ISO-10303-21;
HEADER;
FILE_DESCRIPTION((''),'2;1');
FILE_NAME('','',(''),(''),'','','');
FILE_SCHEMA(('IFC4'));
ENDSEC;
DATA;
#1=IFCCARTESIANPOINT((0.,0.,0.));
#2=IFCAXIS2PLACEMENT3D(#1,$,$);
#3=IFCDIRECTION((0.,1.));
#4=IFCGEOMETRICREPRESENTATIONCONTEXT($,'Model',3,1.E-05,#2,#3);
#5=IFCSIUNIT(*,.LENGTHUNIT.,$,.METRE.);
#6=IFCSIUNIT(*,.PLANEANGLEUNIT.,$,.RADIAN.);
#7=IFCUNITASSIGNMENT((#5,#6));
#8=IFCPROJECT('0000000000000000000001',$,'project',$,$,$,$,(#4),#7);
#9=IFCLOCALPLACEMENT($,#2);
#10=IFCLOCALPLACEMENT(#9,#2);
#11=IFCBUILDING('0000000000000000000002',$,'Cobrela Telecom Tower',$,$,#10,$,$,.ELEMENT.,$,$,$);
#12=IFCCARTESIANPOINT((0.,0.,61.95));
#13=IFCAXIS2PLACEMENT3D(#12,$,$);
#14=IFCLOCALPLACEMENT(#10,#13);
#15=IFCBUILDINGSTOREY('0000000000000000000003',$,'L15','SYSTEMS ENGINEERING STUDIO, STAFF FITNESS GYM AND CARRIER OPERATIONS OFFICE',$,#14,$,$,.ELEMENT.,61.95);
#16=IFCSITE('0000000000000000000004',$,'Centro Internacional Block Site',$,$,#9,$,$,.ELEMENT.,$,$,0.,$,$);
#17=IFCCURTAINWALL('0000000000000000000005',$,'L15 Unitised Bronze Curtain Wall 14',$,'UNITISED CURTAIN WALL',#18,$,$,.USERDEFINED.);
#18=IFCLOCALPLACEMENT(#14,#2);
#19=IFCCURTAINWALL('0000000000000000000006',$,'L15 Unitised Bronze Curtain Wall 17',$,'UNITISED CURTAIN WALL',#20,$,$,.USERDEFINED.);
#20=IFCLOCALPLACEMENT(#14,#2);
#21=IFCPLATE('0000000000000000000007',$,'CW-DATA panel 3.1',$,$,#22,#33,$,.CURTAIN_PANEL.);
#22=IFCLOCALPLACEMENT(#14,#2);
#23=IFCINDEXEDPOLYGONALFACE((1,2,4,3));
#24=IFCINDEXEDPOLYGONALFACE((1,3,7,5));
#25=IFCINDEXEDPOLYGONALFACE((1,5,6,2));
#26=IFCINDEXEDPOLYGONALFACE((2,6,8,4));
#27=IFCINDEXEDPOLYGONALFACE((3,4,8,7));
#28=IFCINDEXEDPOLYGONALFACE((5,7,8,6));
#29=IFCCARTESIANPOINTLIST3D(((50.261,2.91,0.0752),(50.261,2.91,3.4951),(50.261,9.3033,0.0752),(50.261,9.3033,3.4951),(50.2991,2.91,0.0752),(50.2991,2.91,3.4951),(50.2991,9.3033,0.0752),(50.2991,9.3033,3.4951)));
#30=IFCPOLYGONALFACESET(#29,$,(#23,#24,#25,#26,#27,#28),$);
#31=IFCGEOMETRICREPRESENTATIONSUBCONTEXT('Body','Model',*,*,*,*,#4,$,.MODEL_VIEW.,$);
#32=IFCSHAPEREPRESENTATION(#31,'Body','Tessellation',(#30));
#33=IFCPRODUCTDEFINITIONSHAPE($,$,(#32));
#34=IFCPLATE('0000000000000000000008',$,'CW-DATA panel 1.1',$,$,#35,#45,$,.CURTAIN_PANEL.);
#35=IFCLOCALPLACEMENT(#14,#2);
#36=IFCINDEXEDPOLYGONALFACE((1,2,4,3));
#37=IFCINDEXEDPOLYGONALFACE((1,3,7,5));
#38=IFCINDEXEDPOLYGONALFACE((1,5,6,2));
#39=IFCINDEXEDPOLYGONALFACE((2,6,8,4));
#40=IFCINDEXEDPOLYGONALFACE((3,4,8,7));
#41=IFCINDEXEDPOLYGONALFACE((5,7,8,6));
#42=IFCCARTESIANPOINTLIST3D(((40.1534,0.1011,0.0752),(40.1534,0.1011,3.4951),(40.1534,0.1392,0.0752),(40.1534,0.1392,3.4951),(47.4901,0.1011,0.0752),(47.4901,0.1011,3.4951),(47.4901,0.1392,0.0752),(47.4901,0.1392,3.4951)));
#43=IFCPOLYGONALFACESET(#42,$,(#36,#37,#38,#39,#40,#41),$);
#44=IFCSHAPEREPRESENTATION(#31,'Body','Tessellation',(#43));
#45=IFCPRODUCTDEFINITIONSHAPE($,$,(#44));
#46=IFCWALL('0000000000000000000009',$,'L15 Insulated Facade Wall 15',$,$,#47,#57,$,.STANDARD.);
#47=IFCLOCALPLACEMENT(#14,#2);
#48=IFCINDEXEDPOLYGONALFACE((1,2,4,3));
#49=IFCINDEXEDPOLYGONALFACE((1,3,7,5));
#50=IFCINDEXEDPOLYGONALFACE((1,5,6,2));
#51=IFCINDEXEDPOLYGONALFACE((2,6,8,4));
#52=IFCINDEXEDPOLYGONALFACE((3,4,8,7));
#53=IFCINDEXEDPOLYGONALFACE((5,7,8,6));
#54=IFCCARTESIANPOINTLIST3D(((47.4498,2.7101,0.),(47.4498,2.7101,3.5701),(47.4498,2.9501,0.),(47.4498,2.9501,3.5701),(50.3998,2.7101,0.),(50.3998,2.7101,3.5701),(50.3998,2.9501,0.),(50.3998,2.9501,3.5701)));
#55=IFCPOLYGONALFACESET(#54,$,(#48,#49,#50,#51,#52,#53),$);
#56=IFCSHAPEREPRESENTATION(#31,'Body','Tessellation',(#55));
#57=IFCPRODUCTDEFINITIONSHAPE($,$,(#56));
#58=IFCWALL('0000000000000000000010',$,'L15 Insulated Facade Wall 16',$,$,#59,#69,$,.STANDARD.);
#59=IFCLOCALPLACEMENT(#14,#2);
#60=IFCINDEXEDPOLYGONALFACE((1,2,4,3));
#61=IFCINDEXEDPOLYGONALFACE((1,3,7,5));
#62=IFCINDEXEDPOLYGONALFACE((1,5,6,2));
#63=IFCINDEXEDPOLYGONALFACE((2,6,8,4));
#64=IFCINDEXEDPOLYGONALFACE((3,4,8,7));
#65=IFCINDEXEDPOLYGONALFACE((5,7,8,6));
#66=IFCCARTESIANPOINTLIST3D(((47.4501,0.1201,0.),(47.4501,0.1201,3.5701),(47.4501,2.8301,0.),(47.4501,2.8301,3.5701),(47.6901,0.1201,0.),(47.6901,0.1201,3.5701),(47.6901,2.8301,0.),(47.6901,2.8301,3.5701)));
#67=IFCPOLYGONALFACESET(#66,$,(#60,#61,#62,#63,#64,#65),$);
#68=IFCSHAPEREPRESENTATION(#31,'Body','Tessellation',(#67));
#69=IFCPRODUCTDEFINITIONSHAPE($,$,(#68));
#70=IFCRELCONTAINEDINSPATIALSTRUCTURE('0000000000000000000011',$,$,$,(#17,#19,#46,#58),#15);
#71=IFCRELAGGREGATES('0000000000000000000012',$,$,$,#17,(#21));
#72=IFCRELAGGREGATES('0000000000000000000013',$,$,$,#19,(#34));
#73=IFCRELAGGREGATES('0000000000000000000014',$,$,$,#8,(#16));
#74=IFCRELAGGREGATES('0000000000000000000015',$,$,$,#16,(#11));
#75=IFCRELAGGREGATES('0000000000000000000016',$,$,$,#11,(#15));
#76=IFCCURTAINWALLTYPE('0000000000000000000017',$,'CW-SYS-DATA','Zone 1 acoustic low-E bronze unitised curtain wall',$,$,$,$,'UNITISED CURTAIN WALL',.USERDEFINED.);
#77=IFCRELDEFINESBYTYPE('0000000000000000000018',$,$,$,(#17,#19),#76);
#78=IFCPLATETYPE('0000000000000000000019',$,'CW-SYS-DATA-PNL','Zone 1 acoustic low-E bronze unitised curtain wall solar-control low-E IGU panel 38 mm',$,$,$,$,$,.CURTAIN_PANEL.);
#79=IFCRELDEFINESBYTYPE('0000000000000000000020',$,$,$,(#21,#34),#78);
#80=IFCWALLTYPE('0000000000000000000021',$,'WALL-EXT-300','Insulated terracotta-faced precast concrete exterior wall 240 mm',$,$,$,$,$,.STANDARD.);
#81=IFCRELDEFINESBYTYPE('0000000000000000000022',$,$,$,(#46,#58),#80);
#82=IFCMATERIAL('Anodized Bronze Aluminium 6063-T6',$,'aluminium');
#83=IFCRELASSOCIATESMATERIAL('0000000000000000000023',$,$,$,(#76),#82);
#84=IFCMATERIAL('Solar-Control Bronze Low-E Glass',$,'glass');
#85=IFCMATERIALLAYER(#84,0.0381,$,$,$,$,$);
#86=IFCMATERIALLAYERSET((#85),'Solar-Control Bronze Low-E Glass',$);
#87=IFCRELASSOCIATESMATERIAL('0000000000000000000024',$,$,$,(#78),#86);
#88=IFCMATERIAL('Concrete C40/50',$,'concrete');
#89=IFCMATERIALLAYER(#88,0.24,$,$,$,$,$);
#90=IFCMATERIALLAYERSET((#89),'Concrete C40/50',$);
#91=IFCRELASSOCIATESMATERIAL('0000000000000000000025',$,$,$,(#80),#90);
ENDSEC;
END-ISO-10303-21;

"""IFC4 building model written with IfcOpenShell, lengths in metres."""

from ifc_helpers import new_model, si_unit, direction, frame, frame_2d, origin, origin_2d, place, context, subcontext, project, spatial, rectangle, extrude, material, layer, layer_set, type_object, element, aggregate, save


model = new_model("IFC4")

# Units and contexts
model_context = context("Model", 3, precision=1e-05, world=origin(), true_north=direction((0.0, 1.0)))
body_context = subcontext(model_context, "Body", "Model", "MODEL_VIEW")
ifc_project = project(units=[si_unit("LENGTHUNIT", "METRE"), si_unit("PLANEANGLEUNIT", "RADIAN")], contexts=[model_context])

# Site, building, storey
site_placement = place(None, origin())
site = spatial("IfcSite", under=ifc_project, at=site_placement, Name="Centro Internacional Block Site", CompositionType="ELEMENT", RefElevation=0.0)
building_placement = place(site_placement, origin())
building = spatial("IfcBuilding", under=site, at=building_placement, Name="Cobrela Telecom Tower", CompositionType="ELEMENT")
storey_placement = place(building_placement, frame((0.0, 0.0, 61.95)))
storey = spatial("IfcBuildingStorey", under=building, at=storey_placement, Name="L15", Description="SYSTEMS ENGINEERING STUDIO, STAFF FITNESS GYM AND CARRIER OPERATIONS OFFICE", CompositionType="ELEMENT", Elevation=61.95)

# Curtain wall
ifc_material_1 = material(Name="Anodized Bronze Aluminium 6063-T6", Category="aluminium")
curtain_wall_type = type_object("IfcCurtainWallType", Name="CW-SYS-DATA", Description="Zone 1 acoustic low-E bronze unitised curtain wall", ElementType="UNITISED CURTAIN WALL", PredefinedType="USERDEFINED", material=ifc_material_1)
curtain_wall_1_placement = place(storey_placement, origin())
curtain_wall_1 = element("IfcCurtainWall", 1, at=curtain_wall_1_placement, inside=storey, type_object=curtain_wall_type, Name="L15 Unitised Bronze Curtain Wall 14", ObjectType="UNITISED CURTAIN WALL", PredefinedType="USERDEFINED")

# Curtain wall
curtain_wall_2_placement = place(storey_placement, origin())
curtain_wall_2 = element("IfcCurtainWall", 2, at=curtain_wall_2_placement, inside=storey, type_object=curtain_wall_type, Name="L15 Unitised Bronze Curtain Wall 17", ObjectType="UNITISED CURTAIN WALL", PredefinedType="USERDEFINED")

# Plates
ifc_material_2 = material(Name="Solar-Control Bronze Low-E Glass", Category="glass")
ifc_layer_1 = layer(ifc_material_2, 0.0381)
ifc_layer_set_1 = layer_set([ifc_layer_1], Name="Solar-Control Bronze Low-E Glass")
plate_type = type_object("IfcPlateType", Name="CW-SYS-DATA-PNL", Description="Zone 1 acoustic low-E bronze unitised curtain wall solar-control low-E IGU panel 38 mm", PredefinedType="CURTAIN_PANEL", material=ifc_layer_set_1)
plate_1_placement = place(storey_placement, frame((50.28, 6.1067, 0.0752), z_axis=(0.0, 0.0, 1.0), x_axis=(0.0, -1.0, 0.0)))
plate_1 = element("IfcPlate", 3, at=plate_1_placement, type_object=plate_type, Name="CW-DATA panel 3.1", PredefinedType="CURTAIN_PANEL", context=body_context, shape_type="SweptSolid", body=[
    extrude(rectangle(XDim=6.3933, YDim=0.0381, at=origin_2d()), origin(), (0.0, 0.0, 1.0), 3.4199),
])
aggregate(curtain_wall_1, [plate_1])
plate_2_placement = place(storey_placement, frame((43.8218, 0.1201, 0.0752), z_axis=(0.0, 0.0, 1.0), x_axis=(-1.0, 0.0, 0.0)))
plate_2 = element("IfcPlate", 4, at=plate_2_placement, type_object=plate_type, Name="CW-DATA panel 1.1", PredefinedType="CURTAIN_PANEL", context=body_context, shape_type="SweptSolid", body=[
    extrude(rectangle(XDim=7.3367, YDim=0.0381, at=origin_2d()), origin(), (0.0, 0.0, 1.0), 3.4199),
])
aggregate(curtain_wall_2, [plate_2])

# Walls
ifc_material_3 = material(Name="Concrete C40/50", Category="concrete")
ifc_layer_2 = layer(ifc_material_3, 0.24)
ifc_layer_set_2 = layer_set([ifc_layer_2], Name="Concrete C40/50")
wall_type = type_object("IfcWallType", Name="WALL-EXT-300", Description="Insulated terracotta-faced precast concrete exterior wall 240 mm", PredefinedType="STANDARD", material=ifc_layer_set_2)
wall_1_placement = place(storey_placement, frame((50.3999, 2.8301, 0.0), z_axis=(0.0, 0.0, 1.0), x_axis=(-1.0, 0.0, 0.0)))
element("IfcWall", 5, at=wall_1_placement, inside=storey, type_object=wall_type, Name="L15 Insulated Facade Wall 15", PredefinedType="STANDARD", context=body_context, shape_type="SweptSolid", body=[
    extrude(rectangle(XDim=2.95, YDim=0.24, at=frame_2d((1.4751, 0.0))), origin(), (0.0, 0.0, 1.0), 3.5701),
])
wall_2_placement = place(storey_placement, frame((47.5701, 2.8301, 0.0), z_axis=(0.0, 0.0, 1.0), x_axis=(0.0, -1.0, 0.0)))
element("IfcWall", 6, at=wall_2_placement, inside=storey, type_object=wall_type, Name="L15 Insulated Facade Wall 16", PredefinedType="STANDARD", context=body_context, shape_type="SweptSolid", body=[
    extrude(rectangle(XDim=2.71, YDim=0.24, at=frame_2d((1.355, 0.0))), origin(), (0.0, 0.0, 1.0), 3.5701),
])

save(model, "model.ifc")
